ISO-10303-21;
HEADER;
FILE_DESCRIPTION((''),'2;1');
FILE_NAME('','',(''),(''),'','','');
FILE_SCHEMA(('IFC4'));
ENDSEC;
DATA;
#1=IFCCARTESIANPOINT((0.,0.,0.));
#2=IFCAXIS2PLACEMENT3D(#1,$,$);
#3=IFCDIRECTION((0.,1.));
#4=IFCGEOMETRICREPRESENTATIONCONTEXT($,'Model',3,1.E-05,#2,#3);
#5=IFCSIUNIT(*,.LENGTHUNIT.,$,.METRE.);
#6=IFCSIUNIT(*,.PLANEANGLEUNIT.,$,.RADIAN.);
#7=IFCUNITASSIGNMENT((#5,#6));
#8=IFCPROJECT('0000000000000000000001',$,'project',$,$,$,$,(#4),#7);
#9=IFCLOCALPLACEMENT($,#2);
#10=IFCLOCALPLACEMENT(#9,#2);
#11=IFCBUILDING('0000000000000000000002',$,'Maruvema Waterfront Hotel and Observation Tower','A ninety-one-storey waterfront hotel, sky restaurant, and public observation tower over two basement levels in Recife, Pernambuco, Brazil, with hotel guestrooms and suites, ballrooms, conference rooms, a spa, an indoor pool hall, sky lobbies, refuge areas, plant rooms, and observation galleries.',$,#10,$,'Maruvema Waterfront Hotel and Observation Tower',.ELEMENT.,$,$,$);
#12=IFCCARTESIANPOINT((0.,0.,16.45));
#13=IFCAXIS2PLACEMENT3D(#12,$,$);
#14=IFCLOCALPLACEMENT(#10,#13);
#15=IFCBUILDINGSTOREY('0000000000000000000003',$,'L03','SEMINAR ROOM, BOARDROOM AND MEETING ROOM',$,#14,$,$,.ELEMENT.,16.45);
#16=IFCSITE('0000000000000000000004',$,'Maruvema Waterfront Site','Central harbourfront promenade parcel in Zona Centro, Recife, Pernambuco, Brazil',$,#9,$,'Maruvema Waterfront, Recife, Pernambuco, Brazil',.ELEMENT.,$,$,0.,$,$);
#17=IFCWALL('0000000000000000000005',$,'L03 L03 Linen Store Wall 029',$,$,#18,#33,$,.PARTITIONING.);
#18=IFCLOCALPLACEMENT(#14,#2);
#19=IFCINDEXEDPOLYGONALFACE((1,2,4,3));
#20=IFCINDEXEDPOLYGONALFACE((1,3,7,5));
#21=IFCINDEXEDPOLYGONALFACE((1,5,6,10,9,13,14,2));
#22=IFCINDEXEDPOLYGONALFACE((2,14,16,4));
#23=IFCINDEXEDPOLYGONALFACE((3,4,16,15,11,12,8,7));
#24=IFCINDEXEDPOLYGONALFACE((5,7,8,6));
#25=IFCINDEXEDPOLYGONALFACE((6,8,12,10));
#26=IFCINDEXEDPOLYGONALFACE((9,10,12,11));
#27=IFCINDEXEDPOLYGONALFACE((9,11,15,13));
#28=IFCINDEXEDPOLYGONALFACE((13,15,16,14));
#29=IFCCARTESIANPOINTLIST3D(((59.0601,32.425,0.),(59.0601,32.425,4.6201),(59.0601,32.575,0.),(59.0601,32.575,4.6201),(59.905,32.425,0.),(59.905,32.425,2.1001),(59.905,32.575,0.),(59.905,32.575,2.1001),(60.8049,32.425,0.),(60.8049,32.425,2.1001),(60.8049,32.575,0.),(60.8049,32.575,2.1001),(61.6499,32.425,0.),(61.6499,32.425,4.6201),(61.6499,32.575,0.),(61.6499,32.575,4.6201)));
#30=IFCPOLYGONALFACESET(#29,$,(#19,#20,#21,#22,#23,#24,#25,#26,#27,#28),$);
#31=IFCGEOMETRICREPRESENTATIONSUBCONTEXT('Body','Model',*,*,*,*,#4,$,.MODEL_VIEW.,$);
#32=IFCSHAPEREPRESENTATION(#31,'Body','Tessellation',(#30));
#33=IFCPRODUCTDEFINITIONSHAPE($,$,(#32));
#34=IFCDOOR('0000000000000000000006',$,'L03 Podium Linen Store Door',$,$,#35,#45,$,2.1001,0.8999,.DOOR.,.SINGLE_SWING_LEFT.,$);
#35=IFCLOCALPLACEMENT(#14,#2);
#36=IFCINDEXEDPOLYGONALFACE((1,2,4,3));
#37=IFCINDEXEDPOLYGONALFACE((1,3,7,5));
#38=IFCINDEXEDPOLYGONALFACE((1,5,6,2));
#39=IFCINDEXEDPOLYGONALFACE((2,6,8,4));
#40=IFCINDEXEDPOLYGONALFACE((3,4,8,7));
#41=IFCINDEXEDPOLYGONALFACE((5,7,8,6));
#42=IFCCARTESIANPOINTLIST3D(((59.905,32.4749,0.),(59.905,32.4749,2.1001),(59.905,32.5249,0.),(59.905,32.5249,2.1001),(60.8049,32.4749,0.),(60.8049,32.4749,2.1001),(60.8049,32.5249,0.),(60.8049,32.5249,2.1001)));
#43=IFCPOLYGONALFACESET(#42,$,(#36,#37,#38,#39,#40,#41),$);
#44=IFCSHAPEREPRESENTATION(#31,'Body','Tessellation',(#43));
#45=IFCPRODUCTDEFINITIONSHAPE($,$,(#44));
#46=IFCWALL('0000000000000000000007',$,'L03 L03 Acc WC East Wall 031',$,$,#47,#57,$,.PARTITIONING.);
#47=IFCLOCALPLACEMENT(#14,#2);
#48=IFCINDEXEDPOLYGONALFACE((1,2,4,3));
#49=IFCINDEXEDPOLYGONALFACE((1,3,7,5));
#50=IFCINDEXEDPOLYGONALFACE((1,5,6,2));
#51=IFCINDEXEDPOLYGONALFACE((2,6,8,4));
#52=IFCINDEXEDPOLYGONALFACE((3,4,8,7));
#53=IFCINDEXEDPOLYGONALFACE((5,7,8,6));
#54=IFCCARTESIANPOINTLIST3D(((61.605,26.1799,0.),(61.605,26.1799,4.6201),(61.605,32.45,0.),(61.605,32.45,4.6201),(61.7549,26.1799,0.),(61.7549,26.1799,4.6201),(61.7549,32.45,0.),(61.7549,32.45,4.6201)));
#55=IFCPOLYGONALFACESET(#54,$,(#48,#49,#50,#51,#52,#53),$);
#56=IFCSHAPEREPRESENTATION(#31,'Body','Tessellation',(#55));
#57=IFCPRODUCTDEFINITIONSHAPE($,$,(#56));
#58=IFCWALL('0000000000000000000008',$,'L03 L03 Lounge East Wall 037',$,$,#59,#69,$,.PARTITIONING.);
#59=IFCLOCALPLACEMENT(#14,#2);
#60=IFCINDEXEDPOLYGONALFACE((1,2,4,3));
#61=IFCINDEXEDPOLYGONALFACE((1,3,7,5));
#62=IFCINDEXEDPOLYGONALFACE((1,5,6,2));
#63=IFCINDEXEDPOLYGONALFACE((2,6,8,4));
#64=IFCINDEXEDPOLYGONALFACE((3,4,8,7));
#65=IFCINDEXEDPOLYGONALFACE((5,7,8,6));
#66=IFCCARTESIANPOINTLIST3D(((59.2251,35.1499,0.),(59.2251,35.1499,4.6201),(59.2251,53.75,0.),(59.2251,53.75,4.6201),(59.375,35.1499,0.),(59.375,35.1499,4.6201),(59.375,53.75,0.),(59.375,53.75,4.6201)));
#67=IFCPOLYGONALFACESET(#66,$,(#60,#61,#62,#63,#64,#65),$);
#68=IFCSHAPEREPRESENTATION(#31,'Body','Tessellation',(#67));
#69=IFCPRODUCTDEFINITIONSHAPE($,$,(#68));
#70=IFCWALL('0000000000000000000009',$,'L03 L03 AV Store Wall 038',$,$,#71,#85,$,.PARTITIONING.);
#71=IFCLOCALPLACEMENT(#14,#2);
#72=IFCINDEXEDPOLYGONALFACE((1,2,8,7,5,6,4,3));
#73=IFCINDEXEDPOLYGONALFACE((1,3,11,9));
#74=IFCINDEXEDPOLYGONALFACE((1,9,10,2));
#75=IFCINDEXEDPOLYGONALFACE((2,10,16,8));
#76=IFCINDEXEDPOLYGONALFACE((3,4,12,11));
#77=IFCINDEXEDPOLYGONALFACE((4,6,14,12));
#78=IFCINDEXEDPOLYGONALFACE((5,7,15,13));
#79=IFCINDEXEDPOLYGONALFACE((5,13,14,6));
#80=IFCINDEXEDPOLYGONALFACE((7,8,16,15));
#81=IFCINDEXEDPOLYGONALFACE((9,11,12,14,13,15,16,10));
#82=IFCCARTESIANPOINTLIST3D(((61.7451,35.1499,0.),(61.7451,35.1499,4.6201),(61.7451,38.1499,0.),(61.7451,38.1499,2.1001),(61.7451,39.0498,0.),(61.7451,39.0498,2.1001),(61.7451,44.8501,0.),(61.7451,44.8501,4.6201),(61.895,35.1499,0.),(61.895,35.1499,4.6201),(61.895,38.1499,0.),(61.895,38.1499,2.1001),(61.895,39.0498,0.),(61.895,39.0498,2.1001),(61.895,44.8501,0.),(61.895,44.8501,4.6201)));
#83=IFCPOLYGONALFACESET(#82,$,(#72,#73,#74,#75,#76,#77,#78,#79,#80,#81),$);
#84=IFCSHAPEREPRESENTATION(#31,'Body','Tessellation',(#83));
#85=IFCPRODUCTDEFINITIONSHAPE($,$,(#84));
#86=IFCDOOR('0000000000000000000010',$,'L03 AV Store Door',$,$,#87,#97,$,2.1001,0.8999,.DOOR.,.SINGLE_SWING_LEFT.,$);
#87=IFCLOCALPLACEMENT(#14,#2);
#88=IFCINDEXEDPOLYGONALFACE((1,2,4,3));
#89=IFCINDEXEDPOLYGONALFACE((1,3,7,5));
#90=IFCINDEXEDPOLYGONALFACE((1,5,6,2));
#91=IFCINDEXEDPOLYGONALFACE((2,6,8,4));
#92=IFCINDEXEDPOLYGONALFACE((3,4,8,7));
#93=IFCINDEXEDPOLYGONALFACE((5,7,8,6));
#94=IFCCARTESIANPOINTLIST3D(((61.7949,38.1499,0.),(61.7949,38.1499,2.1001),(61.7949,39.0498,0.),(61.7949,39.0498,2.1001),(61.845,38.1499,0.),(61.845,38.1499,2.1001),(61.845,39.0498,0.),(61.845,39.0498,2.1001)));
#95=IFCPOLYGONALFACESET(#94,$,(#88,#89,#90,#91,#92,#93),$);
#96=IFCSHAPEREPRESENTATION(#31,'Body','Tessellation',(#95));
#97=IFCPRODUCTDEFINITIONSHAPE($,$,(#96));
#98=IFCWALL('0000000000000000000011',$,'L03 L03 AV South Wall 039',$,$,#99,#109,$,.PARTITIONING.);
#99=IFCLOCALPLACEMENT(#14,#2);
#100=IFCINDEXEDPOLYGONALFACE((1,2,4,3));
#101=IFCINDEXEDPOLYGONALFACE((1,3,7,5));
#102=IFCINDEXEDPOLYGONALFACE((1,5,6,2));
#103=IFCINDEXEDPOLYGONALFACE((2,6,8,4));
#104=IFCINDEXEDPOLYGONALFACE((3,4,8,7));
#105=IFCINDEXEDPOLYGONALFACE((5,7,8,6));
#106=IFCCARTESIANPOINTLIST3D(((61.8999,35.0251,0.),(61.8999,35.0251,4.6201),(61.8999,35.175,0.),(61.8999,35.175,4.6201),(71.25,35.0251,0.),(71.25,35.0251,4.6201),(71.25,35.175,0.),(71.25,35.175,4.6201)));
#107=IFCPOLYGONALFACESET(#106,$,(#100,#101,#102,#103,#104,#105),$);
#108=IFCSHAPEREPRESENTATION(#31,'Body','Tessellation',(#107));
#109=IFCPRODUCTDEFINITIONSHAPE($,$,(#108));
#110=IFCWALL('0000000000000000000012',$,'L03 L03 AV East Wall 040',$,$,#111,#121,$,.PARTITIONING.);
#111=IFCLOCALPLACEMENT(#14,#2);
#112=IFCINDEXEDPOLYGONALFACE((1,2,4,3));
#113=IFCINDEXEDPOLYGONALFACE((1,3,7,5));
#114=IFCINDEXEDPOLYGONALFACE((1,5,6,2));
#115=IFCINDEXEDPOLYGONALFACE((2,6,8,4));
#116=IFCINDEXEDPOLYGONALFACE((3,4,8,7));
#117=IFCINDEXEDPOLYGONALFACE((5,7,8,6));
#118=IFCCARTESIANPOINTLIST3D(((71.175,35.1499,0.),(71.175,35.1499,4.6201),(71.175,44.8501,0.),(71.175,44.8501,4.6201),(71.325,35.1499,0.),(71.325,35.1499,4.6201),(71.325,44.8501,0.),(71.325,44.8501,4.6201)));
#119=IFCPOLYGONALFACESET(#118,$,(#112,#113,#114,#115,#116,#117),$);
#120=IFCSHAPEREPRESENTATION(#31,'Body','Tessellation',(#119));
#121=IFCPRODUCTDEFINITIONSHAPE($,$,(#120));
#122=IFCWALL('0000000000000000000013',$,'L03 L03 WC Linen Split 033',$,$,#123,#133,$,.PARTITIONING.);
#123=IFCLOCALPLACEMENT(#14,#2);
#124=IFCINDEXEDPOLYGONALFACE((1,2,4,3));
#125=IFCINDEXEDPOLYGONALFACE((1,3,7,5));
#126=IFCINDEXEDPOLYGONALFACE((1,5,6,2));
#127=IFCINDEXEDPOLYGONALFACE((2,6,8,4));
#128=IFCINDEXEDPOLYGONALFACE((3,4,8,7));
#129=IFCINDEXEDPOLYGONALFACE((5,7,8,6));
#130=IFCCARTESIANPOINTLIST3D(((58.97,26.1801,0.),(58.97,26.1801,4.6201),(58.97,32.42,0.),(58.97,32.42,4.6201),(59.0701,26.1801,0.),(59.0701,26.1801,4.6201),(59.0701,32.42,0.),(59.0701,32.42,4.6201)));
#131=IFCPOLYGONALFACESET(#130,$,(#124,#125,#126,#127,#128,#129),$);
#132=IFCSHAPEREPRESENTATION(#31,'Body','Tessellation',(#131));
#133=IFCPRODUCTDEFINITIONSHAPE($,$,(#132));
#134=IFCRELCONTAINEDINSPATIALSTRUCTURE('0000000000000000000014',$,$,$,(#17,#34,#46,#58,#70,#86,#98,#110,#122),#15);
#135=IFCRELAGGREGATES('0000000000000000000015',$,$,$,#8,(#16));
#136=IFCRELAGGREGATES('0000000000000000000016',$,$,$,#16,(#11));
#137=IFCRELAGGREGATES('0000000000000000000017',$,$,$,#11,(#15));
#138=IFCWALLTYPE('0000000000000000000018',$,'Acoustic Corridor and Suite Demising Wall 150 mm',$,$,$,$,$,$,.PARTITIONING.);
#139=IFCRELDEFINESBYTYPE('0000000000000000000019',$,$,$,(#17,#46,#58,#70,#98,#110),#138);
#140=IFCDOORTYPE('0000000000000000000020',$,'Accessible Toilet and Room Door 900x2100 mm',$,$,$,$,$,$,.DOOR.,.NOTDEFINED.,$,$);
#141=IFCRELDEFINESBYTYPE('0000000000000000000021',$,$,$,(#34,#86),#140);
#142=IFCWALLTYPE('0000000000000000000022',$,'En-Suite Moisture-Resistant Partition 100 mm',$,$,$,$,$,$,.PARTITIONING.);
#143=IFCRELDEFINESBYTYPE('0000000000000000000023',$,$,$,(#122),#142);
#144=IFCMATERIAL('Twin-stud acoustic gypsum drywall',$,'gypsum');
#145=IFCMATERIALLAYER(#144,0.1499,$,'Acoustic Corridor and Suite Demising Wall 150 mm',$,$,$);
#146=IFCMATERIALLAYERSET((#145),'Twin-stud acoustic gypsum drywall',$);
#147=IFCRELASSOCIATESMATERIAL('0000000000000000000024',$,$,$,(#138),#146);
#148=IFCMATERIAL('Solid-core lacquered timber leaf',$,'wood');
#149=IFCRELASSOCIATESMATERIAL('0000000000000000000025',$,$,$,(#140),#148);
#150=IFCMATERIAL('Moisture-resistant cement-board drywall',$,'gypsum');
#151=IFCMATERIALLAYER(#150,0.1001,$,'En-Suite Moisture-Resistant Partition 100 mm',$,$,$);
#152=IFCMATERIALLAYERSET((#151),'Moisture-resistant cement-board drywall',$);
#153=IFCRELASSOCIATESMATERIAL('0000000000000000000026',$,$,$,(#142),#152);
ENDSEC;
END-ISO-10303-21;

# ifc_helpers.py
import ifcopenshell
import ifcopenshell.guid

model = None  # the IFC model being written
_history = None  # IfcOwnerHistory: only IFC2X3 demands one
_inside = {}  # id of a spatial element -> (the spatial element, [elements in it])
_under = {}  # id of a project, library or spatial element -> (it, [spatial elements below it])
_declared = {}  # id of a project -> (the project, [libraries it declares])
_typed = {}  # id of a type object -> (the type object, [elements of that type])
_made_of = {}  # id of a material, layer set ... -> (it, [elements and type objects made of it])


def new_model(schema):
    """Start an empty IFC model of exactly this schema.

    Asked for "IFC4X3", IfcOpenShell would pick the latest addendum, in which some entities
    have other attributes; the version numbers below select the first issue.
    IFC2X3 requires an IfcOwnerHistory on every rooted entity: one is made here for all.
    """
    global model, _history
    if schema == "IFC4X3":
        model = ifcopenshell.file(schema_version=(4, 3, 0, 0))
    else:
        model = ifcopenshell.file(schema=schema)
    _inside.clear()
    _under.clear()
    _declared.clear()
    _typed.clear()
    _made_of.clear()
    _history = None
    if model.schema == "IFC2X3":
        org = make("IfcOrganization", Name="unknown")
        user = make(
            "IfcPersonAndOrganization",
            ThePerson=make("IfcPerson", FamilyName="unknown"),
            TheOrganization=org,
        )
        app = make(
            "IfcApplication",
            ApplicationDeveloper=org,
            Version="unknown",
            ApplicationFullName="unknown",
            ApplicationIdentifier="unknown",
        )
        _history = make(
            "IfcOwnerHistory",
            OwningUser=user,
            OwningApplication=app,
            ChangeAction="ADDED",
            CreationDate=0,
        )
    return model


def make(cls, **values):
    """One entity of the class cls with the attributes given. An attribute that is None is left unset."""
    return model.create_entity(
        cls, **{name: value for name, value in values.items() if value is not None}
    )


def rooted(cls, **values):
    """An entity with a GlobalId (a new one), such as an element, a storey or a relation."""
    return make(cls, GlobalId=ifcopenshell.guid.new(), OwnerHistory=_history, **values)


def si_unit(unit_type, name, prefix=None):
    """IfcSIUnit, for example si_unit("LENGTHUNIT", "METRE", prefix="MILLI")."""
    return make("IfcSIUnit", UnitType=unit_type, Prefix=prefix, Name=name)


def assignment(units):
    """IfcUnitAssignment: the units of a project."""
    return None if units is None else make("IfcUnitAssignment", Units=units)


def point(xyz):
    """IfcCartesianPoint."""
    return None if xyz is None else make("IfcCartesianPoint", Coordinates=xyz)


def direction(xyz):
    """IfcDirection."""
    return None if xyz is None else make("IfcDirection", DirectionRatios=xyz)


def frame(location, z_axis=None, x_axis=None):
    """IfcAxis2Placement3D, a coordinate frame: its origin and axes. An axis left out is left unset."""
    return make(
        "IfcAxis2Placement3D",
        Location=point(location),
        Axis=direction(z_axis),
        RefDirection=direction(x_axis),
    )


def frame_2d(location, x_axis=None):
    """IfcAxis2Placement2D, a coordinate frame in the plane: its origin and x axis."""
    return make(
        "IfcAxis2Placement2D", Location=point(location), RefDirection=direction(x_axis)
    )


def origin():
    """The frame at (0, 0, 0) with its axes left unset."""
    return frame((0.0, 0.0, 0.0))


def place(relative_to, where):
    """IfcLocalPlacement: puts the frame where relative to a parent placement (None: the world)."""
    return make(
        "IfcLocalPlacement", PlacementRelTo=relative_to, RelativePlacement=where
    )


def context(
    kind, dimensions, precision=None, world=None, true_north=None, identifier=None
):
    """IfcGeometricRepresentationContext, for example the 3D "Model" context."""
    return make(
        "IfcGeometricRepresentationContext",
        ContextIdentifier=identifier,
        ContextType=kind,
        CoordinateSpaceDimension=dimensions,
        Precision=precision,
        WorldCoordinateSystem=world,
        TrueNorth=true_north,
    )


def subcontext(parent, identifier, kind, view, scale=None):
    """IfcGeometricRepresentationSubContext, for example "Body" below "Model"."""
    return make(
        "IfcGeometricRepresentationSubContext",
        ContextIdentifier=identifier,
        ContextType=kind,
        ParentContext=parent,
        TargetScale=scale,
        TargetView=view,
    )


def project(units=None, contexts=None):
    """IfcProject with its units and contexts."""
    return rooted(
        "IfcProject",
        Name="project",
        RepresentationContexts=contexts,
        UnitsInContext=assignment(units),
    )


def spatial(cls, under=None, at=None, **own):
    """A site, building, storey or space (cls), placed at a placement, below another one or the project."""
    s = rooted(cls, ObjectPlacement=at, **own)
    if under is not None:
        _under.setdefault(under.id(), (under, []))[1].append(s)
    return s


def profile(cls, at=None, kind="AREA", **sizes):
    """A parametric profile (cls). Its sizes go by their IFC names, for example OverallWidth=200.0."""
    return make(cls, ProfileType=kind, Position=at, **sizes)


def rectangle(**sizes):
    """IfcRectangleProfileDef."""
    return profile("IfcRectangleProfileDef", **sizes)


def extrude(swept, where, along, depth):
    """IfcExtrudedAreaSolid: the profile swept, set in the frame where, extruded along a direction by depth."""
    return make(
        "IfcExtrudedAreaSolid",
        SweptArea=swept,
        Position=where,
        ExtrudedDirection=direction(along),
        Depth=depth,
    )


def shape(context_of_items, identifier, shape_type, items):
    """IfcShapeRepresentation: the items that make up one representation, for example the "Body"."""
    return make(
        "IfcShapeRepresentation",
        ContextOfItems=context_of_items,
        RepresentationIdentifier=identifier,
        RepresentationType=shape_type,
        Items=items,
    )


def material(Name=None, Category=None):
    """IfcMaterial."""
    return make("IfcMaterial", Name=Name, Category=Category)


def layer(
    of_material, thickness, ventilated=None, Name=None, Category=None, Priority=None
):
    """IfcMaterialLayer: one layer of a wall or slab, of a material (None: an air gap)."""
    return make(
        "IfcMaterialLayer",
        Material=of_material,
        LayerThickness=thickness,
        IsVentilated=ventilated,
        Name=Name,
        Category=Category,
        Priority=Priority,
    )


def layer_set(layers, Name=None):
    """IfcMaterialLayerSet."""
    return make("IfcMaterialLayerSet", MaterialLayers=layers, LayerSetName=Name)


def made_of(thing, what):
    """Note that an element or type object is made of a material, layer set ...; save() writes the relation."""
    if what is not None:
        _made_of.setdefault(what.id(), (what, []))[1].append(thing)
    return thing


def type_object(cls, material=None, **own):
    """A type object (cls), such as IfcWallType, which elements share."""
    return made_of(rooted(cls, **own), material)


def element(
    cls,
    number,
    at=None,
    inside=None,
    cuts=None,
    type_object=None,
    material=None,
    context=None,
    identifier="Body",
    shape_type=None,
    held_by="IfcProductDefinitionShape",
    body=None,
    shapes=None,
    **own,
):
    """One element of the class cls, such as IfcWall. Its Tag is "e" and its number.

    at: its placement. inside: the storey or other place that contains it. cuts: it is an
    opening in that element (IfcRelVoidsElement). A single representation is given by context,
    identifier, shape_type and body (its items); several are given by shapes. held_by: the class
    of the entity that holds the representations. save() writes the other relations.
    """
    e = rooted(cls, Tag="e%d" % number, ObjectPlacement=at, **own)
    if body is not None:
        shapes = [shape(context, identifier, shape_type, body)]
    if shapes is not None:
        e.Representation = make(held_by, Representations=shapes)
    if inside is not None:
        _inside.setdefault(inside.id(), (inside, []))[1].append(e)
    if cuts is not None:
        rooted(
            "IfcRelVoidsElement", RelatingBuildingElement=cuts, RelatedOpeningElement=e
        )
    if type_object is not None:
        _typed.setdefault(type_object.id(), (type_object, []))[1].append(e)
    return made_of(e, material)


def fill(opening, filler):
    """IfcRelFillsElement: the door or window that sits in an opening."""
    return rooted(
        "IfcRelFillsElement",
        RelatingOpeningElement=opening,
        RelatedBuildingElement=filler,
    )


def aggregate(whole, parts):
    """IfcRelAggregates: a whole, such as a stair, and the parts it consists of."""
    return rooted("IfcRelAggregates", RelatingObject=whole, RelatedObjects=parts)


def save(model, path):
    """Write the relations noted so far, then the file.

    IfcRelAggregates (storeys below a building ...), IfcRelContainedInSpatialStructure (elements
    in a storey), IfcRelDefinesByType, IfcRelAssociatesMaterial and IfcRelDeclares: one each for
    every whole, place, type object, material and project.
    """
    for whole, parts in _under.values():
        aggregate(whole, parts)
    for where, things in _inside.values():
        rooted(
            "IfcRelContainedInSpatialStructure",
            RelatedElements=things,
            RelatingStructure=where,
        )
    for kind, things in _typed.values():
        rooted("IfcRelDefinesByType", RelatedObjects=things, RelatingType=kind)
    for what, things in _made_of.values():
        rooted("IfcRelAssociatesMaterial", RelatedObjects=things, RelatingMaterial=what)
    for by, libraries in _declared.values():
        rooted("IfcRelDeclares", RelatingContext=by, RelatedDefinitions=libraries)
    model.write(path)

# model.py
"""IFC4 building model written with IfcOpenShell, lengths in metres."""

from ifc_helpers import new_model, si_unit, direction, frame, frame_2d, origin, place, context, subcontext, project, spatial, rectangle, extrude, material, layer, layer_set, type_object, element, fill, save


model = new_model("IFC4")

# Units and contexts
model_context = context("Model", 3, precision=1e-05, world=origin(), true_north=direction((0.0, 1.0)))
body_context = subcontext(model_context, "Body", "Model", "MODEL_VIEW")
ifc_project = project(units=[si_unit("LENGTHUNIT", "METRE"), si_unit("PLANEANGLEUNIT", "RADIAN")], contexts=[model_context])

# Site, building, storey
site_placement = place(None, origin())
site = spatial("IfcSite", under=ifc_project, at=site_placement, Name="Maruvema Waterfront Site", Description="Central harbourfront promenade parcel in Zona Centro, Recife, Pernambuco, Brazil", LongName="Maruvema Waterfront, Recife, Pernambuco, Brazil", CompositionType="ELEMENT", RefElevation=0.0)
building_placement = place(site_placement, origin())
building = spatial("IfcBuilding", under=site, at=building_placement, Name="Maruvema Waterfront Hotel and Observation Tower", Description="A ninety-one-storey waterfront hotel, sky restaurant, and public observation tower over two basement levels in Recife, Pernambuco, Brazil, with hotel guestrooms and suites, ballrooms, conference rooms, a spa, an indoor pool hall, sky lobbies, refuge areas, plant rooms, and observation galleries.", LongName="Maruvema Waterfront Hotel and Observation Tower", CompositionType="ELEMENT")
storey_placement = place(building_placement, frame((0.0, 0.0, 16.45)))
storey = spatial("IfcBuildingStorey", under=building, at=storey_placement, Name="L03", Description="SEMINAR ROOM, BOARDROOM AND MEETING ROOM", CompositionType="ELEMENT", Elevation=16.45)

# Wall, opening, door
ifc_material_1 = material(Name="Twin-stud acoustic gypsum drywall", Category="gypsum")
ifc_layer_1 = layer(ifc_material_1, 0.1499, Name="Acoustic Corridor and Suite Demising Wall 150 mm")
ifc_layer_set_1 = layer_set([ifc_layer_1], Name="Twin-stud acoustic gypsum drywall")
wall_type_1 = type_object("IfcWallType", Name="Acoustic Corridor and Suite Demising Wall 150 mm", PredefinedType="PARTITIONING", material=ifc_layer_set_1)
wall_1_placement = place(storey_placement, frame((59.0601, 32.5, 0.0), z_axis=(0.0, 0.0, 1.0), x_axis=(1.0, 0.0, 0.0)))
wall_1 = element("IfcWall", 1, at=wall_1_placement, inside=storey, type_object=wall_type_1, Name="L03 L03 Linen Store Wall 029", PredefinedType="PARTITIONING", context=body_context, shape_type="SweptSolid", body=[
    extrude(rectangle(XDim=2.5898, YDim=0.1499, at=frame_2d((1.2949, 0.0))), origin(), (0.0, 0.0, 1.0), 4.6201),
])
opening_1_placement = place(wall_1_placement, frame((0.845, 0.0, 0.0)))
opening_1 = element("IfcOpeningElement", 2, at=opening_1_placement, cuts=wall_1, PredefinedType="OPENING", context=body_context, shape_type="SweptSolid", body=[
    extrude(rectangle(XDim=0.8999, YDim=2.1001, at=frame_2d((0.45, 1.05))), frame((0.0, 0.085, 0.0), z_axis=(0.0, -1.0, 0.0), x_axis=(1.0, 0.0, 0.0)), (0.0, 0.0, 1.0), 0.1699),
])
ifc_material_2 = material(Name="Solid-core lacquered timber leaf", Category="wood")
door_type = type_object("IfcDoorType", Name="Accessible Toilet and Room Door 900x2100 mm", OperationType="NOTDEFINED", PredefinedType="DOOR", material=ifc_material_2)
door_1_placement = place(opening_1_placement, origin())
door_1 = element("IfcDoor", 3, at=door_1_placement, inside=storey, type_object=door_type, Name="L03 Podium Linen Store Door", OperationType="SINGLE_SWING_LEFT", OverallHeight=2.1001, OverallWidth=0.8999, PredefinedType="DOOR", context=body_context, shape_type="SweptSolid", body=[
    extrude(rectangle(XDim=0.8999, YDim=2.1001, at=frame_2d((0.45, 1.05))), frame((0.0, 0.0249, 0.0), z_axis=(0.0, -1.0, 0.0), x_axis=(1.0, 0.0, 0.0)), (0.0, 0.0, 1.0), 0.05),
])
fill(opening_1, door_1)

# Walls
wall_2_placement = place(storey_placement, frame((61.6799, 26.1799, 0.0), z_axis=(0.0, 0.0, 1.0), x_axis=(0.0, 1.0, 0.0)))
element("IfcWall", 4, at=wall_2_placement, inside=storey, type_object=wall_type_1, Name="L03 L03 Acc WC East Wall 031", PredefinedType="PARTITIONING", context=body_context, shape_type="SweptSolid", body=[
    extrude(rectangle(XDim=6.27, YDim=0.1499, at=frame_2d((3.135, 0.0))), origin(), (0.0, 0.0, 1.0), 4.6201),
])
wall_3_placement = place(storey_placement, frame((59.3, 35.1499, 0.0), z_axis=(0.0, 0.0, 1.0), x_axis=(0.0, 1.0, 0.0)))
element("IfcWall", 5, at=wall_3_placement, inside=storey, type_object=wall_type_1, Name="L03 L03 Lounge East Wall 037", PredefinedType="PARTITIONING", context=body_context, shape_type="SweptSolid", body=[
    extrude(rectangle(XDim=18.6001, YDim=0.1499, at=frame_2d((9.3, 0.0))), origin(), (0.0, 0.0, 1.0), 4.6201),
])

# Wall, opening, door
wall_4_placement = place(storey_placement, frame((61.8201, 35.1499, 0.0), z_axis=(0.0, 0.0, 1.0), x_axis=(0.0, 1.0, 0.0)))
wall_4 = element("IfcWall", 6, at=wall_4_placement, inside=storey, type_object=wall_type_1, Name="L03 L03 AV Store Wall 038", PredefinedType="PARTITIONING", context=body_context, shape_type="SweptSolid", body=[
    extrude(rectangle(XDim=9.7002, YDim=0.1499, at=frame_2d((4.8501, 0.0))), origin(), (0.0, 0.0, 1.0), 4.6201),
])
opening_2_placement = place(wall_4_placement, frame((3.0, 0.0, 0.0)))
opening_2 = element("IfcOpeningElement", 7, at=opening_2_placement, cuts=wall_4, PredefinedType="OPENING", context=body_context, shape_type="SweptSolid", body=[
    extrude(rectangle(XDim=0.8999, YDim=2.1001, at=frame_2d((0.45, 1.05))), frame((0.0, 0.085, 0.0), z_axis=(0.0, -1.0, 0.0), x_axis=(1.0, 0.0, 0.0)), (0.0, 0.0, 1.0), 0.1699),
])
door_2_placement = place(opening_2_placement, frame((0.8999, 0.0, 0.0), z_axis=(0.0, 0.0, 1.0), x_axis=(-1.0, 0.0, 0.0)))
door_2 = element("IfcDoor", 8, at=door_2_placement, inside=storey, type_object=door_type, Name="L03 AV Store Door", OperationType="SINGLE_SWING_LEFT", OverallHeight=2.1001, OverallWidth=0.8999, PredefinedType="DOOR", context=body_context, shape_type="SweptSolid", body=[
    extrude(rectangle(XDim=0.8999, YDim=2.1001, at=frame_2d((0.45, 1.05))), frame((0.0, 0.0249, 0.0), z_axis=(0.0, -1.0, 0.0), x_axis=(1.0, 0.0, 0.0)), (0.0, 0.0, 1.0), 0.05),
])
fill(opening_2, door_2)

# Walls
wall_5_placement = place(storey_placement, frame((61.8999, 35.1001, 0.0), z_axis=(0.0, 0.0, 1.0), x_axis=(1.0, 0.0, 0.0)))
element("IfcWall", 9, at=wall_5_placement, inside=storey, type_object=wall_type_1, Name="L03 L03 AV South Wall 039", PredefinedType="PARTITIONING", context=body_context, shape_type="SweptSolid", body=[
    extrude(rectangle(XDim=9.3501, YDim=0.1499, at=frame_2d((4.675, 0.0))), origin(), (0.0, 0.0, 1.0), 4.6201),
])
wall_6_placement = place(storey_placement, frame((71.25, 35.1499, 0.0), z_axis=(0.0, 0.0, 1.0), x_axis=(0.0, 1.0, 0.0)))
element("IfcWall", 10, at=wall_6_placement, inside=storey, type_object=wall_type_1, Name="L03 L03 AV East Wall 040", PredefinedType="PARTITIONING", context=body_context, shape_type="SweptSolid", body=[
    extrude(rectangle(XDim=9.7002, YDim=0.1499, at=frame_2d((4.8501, 0.0))), origin(), (0.0, 0.0, 1.0), 4.6201),
])
ifc_material_3 = material(Name="Moisture-resistant cement-board drywall", Category="gypsum")
ifc_layer_2 = layer(ifc_material_3, 0.1001, Name="En-Suite Moisture-Resistant Partition 100 mm")
ifc_layer_set_2 = layer_set([ifc_layer_2], Name="Moisture-resistant cement-board drywall")
wall_type_2 = type_object("IfcWallType", Name="En-Suite Moisture-Resistant Partition 100 mm", PredefinedType="PARTITIONING", material=ifc_layer_set_2)
wall_7_placement = place(storey_placement, frame((59.02, 26.1799, 0.0), z_axis=(0.0, 0.0, 1.0), x_axis=(0.0, 1.0, 0.0)))
element("IfcWall", 11, at=wall_7_placement, inside=storey, type_object=wall_type_2, Name="L03 L03 WC Linen Split 033", PredefinedType="PARTITIONING", context=body_context, shape_type="SweptSolid", body=[
    extrude(rectangle(XDim=6.24, YDim=0.1001, at=frame_2d((3.1201, 0.0))), origin(), (0.0, 0.0, 1.0), 4.6201),
])

save(model, "model.ifc")
